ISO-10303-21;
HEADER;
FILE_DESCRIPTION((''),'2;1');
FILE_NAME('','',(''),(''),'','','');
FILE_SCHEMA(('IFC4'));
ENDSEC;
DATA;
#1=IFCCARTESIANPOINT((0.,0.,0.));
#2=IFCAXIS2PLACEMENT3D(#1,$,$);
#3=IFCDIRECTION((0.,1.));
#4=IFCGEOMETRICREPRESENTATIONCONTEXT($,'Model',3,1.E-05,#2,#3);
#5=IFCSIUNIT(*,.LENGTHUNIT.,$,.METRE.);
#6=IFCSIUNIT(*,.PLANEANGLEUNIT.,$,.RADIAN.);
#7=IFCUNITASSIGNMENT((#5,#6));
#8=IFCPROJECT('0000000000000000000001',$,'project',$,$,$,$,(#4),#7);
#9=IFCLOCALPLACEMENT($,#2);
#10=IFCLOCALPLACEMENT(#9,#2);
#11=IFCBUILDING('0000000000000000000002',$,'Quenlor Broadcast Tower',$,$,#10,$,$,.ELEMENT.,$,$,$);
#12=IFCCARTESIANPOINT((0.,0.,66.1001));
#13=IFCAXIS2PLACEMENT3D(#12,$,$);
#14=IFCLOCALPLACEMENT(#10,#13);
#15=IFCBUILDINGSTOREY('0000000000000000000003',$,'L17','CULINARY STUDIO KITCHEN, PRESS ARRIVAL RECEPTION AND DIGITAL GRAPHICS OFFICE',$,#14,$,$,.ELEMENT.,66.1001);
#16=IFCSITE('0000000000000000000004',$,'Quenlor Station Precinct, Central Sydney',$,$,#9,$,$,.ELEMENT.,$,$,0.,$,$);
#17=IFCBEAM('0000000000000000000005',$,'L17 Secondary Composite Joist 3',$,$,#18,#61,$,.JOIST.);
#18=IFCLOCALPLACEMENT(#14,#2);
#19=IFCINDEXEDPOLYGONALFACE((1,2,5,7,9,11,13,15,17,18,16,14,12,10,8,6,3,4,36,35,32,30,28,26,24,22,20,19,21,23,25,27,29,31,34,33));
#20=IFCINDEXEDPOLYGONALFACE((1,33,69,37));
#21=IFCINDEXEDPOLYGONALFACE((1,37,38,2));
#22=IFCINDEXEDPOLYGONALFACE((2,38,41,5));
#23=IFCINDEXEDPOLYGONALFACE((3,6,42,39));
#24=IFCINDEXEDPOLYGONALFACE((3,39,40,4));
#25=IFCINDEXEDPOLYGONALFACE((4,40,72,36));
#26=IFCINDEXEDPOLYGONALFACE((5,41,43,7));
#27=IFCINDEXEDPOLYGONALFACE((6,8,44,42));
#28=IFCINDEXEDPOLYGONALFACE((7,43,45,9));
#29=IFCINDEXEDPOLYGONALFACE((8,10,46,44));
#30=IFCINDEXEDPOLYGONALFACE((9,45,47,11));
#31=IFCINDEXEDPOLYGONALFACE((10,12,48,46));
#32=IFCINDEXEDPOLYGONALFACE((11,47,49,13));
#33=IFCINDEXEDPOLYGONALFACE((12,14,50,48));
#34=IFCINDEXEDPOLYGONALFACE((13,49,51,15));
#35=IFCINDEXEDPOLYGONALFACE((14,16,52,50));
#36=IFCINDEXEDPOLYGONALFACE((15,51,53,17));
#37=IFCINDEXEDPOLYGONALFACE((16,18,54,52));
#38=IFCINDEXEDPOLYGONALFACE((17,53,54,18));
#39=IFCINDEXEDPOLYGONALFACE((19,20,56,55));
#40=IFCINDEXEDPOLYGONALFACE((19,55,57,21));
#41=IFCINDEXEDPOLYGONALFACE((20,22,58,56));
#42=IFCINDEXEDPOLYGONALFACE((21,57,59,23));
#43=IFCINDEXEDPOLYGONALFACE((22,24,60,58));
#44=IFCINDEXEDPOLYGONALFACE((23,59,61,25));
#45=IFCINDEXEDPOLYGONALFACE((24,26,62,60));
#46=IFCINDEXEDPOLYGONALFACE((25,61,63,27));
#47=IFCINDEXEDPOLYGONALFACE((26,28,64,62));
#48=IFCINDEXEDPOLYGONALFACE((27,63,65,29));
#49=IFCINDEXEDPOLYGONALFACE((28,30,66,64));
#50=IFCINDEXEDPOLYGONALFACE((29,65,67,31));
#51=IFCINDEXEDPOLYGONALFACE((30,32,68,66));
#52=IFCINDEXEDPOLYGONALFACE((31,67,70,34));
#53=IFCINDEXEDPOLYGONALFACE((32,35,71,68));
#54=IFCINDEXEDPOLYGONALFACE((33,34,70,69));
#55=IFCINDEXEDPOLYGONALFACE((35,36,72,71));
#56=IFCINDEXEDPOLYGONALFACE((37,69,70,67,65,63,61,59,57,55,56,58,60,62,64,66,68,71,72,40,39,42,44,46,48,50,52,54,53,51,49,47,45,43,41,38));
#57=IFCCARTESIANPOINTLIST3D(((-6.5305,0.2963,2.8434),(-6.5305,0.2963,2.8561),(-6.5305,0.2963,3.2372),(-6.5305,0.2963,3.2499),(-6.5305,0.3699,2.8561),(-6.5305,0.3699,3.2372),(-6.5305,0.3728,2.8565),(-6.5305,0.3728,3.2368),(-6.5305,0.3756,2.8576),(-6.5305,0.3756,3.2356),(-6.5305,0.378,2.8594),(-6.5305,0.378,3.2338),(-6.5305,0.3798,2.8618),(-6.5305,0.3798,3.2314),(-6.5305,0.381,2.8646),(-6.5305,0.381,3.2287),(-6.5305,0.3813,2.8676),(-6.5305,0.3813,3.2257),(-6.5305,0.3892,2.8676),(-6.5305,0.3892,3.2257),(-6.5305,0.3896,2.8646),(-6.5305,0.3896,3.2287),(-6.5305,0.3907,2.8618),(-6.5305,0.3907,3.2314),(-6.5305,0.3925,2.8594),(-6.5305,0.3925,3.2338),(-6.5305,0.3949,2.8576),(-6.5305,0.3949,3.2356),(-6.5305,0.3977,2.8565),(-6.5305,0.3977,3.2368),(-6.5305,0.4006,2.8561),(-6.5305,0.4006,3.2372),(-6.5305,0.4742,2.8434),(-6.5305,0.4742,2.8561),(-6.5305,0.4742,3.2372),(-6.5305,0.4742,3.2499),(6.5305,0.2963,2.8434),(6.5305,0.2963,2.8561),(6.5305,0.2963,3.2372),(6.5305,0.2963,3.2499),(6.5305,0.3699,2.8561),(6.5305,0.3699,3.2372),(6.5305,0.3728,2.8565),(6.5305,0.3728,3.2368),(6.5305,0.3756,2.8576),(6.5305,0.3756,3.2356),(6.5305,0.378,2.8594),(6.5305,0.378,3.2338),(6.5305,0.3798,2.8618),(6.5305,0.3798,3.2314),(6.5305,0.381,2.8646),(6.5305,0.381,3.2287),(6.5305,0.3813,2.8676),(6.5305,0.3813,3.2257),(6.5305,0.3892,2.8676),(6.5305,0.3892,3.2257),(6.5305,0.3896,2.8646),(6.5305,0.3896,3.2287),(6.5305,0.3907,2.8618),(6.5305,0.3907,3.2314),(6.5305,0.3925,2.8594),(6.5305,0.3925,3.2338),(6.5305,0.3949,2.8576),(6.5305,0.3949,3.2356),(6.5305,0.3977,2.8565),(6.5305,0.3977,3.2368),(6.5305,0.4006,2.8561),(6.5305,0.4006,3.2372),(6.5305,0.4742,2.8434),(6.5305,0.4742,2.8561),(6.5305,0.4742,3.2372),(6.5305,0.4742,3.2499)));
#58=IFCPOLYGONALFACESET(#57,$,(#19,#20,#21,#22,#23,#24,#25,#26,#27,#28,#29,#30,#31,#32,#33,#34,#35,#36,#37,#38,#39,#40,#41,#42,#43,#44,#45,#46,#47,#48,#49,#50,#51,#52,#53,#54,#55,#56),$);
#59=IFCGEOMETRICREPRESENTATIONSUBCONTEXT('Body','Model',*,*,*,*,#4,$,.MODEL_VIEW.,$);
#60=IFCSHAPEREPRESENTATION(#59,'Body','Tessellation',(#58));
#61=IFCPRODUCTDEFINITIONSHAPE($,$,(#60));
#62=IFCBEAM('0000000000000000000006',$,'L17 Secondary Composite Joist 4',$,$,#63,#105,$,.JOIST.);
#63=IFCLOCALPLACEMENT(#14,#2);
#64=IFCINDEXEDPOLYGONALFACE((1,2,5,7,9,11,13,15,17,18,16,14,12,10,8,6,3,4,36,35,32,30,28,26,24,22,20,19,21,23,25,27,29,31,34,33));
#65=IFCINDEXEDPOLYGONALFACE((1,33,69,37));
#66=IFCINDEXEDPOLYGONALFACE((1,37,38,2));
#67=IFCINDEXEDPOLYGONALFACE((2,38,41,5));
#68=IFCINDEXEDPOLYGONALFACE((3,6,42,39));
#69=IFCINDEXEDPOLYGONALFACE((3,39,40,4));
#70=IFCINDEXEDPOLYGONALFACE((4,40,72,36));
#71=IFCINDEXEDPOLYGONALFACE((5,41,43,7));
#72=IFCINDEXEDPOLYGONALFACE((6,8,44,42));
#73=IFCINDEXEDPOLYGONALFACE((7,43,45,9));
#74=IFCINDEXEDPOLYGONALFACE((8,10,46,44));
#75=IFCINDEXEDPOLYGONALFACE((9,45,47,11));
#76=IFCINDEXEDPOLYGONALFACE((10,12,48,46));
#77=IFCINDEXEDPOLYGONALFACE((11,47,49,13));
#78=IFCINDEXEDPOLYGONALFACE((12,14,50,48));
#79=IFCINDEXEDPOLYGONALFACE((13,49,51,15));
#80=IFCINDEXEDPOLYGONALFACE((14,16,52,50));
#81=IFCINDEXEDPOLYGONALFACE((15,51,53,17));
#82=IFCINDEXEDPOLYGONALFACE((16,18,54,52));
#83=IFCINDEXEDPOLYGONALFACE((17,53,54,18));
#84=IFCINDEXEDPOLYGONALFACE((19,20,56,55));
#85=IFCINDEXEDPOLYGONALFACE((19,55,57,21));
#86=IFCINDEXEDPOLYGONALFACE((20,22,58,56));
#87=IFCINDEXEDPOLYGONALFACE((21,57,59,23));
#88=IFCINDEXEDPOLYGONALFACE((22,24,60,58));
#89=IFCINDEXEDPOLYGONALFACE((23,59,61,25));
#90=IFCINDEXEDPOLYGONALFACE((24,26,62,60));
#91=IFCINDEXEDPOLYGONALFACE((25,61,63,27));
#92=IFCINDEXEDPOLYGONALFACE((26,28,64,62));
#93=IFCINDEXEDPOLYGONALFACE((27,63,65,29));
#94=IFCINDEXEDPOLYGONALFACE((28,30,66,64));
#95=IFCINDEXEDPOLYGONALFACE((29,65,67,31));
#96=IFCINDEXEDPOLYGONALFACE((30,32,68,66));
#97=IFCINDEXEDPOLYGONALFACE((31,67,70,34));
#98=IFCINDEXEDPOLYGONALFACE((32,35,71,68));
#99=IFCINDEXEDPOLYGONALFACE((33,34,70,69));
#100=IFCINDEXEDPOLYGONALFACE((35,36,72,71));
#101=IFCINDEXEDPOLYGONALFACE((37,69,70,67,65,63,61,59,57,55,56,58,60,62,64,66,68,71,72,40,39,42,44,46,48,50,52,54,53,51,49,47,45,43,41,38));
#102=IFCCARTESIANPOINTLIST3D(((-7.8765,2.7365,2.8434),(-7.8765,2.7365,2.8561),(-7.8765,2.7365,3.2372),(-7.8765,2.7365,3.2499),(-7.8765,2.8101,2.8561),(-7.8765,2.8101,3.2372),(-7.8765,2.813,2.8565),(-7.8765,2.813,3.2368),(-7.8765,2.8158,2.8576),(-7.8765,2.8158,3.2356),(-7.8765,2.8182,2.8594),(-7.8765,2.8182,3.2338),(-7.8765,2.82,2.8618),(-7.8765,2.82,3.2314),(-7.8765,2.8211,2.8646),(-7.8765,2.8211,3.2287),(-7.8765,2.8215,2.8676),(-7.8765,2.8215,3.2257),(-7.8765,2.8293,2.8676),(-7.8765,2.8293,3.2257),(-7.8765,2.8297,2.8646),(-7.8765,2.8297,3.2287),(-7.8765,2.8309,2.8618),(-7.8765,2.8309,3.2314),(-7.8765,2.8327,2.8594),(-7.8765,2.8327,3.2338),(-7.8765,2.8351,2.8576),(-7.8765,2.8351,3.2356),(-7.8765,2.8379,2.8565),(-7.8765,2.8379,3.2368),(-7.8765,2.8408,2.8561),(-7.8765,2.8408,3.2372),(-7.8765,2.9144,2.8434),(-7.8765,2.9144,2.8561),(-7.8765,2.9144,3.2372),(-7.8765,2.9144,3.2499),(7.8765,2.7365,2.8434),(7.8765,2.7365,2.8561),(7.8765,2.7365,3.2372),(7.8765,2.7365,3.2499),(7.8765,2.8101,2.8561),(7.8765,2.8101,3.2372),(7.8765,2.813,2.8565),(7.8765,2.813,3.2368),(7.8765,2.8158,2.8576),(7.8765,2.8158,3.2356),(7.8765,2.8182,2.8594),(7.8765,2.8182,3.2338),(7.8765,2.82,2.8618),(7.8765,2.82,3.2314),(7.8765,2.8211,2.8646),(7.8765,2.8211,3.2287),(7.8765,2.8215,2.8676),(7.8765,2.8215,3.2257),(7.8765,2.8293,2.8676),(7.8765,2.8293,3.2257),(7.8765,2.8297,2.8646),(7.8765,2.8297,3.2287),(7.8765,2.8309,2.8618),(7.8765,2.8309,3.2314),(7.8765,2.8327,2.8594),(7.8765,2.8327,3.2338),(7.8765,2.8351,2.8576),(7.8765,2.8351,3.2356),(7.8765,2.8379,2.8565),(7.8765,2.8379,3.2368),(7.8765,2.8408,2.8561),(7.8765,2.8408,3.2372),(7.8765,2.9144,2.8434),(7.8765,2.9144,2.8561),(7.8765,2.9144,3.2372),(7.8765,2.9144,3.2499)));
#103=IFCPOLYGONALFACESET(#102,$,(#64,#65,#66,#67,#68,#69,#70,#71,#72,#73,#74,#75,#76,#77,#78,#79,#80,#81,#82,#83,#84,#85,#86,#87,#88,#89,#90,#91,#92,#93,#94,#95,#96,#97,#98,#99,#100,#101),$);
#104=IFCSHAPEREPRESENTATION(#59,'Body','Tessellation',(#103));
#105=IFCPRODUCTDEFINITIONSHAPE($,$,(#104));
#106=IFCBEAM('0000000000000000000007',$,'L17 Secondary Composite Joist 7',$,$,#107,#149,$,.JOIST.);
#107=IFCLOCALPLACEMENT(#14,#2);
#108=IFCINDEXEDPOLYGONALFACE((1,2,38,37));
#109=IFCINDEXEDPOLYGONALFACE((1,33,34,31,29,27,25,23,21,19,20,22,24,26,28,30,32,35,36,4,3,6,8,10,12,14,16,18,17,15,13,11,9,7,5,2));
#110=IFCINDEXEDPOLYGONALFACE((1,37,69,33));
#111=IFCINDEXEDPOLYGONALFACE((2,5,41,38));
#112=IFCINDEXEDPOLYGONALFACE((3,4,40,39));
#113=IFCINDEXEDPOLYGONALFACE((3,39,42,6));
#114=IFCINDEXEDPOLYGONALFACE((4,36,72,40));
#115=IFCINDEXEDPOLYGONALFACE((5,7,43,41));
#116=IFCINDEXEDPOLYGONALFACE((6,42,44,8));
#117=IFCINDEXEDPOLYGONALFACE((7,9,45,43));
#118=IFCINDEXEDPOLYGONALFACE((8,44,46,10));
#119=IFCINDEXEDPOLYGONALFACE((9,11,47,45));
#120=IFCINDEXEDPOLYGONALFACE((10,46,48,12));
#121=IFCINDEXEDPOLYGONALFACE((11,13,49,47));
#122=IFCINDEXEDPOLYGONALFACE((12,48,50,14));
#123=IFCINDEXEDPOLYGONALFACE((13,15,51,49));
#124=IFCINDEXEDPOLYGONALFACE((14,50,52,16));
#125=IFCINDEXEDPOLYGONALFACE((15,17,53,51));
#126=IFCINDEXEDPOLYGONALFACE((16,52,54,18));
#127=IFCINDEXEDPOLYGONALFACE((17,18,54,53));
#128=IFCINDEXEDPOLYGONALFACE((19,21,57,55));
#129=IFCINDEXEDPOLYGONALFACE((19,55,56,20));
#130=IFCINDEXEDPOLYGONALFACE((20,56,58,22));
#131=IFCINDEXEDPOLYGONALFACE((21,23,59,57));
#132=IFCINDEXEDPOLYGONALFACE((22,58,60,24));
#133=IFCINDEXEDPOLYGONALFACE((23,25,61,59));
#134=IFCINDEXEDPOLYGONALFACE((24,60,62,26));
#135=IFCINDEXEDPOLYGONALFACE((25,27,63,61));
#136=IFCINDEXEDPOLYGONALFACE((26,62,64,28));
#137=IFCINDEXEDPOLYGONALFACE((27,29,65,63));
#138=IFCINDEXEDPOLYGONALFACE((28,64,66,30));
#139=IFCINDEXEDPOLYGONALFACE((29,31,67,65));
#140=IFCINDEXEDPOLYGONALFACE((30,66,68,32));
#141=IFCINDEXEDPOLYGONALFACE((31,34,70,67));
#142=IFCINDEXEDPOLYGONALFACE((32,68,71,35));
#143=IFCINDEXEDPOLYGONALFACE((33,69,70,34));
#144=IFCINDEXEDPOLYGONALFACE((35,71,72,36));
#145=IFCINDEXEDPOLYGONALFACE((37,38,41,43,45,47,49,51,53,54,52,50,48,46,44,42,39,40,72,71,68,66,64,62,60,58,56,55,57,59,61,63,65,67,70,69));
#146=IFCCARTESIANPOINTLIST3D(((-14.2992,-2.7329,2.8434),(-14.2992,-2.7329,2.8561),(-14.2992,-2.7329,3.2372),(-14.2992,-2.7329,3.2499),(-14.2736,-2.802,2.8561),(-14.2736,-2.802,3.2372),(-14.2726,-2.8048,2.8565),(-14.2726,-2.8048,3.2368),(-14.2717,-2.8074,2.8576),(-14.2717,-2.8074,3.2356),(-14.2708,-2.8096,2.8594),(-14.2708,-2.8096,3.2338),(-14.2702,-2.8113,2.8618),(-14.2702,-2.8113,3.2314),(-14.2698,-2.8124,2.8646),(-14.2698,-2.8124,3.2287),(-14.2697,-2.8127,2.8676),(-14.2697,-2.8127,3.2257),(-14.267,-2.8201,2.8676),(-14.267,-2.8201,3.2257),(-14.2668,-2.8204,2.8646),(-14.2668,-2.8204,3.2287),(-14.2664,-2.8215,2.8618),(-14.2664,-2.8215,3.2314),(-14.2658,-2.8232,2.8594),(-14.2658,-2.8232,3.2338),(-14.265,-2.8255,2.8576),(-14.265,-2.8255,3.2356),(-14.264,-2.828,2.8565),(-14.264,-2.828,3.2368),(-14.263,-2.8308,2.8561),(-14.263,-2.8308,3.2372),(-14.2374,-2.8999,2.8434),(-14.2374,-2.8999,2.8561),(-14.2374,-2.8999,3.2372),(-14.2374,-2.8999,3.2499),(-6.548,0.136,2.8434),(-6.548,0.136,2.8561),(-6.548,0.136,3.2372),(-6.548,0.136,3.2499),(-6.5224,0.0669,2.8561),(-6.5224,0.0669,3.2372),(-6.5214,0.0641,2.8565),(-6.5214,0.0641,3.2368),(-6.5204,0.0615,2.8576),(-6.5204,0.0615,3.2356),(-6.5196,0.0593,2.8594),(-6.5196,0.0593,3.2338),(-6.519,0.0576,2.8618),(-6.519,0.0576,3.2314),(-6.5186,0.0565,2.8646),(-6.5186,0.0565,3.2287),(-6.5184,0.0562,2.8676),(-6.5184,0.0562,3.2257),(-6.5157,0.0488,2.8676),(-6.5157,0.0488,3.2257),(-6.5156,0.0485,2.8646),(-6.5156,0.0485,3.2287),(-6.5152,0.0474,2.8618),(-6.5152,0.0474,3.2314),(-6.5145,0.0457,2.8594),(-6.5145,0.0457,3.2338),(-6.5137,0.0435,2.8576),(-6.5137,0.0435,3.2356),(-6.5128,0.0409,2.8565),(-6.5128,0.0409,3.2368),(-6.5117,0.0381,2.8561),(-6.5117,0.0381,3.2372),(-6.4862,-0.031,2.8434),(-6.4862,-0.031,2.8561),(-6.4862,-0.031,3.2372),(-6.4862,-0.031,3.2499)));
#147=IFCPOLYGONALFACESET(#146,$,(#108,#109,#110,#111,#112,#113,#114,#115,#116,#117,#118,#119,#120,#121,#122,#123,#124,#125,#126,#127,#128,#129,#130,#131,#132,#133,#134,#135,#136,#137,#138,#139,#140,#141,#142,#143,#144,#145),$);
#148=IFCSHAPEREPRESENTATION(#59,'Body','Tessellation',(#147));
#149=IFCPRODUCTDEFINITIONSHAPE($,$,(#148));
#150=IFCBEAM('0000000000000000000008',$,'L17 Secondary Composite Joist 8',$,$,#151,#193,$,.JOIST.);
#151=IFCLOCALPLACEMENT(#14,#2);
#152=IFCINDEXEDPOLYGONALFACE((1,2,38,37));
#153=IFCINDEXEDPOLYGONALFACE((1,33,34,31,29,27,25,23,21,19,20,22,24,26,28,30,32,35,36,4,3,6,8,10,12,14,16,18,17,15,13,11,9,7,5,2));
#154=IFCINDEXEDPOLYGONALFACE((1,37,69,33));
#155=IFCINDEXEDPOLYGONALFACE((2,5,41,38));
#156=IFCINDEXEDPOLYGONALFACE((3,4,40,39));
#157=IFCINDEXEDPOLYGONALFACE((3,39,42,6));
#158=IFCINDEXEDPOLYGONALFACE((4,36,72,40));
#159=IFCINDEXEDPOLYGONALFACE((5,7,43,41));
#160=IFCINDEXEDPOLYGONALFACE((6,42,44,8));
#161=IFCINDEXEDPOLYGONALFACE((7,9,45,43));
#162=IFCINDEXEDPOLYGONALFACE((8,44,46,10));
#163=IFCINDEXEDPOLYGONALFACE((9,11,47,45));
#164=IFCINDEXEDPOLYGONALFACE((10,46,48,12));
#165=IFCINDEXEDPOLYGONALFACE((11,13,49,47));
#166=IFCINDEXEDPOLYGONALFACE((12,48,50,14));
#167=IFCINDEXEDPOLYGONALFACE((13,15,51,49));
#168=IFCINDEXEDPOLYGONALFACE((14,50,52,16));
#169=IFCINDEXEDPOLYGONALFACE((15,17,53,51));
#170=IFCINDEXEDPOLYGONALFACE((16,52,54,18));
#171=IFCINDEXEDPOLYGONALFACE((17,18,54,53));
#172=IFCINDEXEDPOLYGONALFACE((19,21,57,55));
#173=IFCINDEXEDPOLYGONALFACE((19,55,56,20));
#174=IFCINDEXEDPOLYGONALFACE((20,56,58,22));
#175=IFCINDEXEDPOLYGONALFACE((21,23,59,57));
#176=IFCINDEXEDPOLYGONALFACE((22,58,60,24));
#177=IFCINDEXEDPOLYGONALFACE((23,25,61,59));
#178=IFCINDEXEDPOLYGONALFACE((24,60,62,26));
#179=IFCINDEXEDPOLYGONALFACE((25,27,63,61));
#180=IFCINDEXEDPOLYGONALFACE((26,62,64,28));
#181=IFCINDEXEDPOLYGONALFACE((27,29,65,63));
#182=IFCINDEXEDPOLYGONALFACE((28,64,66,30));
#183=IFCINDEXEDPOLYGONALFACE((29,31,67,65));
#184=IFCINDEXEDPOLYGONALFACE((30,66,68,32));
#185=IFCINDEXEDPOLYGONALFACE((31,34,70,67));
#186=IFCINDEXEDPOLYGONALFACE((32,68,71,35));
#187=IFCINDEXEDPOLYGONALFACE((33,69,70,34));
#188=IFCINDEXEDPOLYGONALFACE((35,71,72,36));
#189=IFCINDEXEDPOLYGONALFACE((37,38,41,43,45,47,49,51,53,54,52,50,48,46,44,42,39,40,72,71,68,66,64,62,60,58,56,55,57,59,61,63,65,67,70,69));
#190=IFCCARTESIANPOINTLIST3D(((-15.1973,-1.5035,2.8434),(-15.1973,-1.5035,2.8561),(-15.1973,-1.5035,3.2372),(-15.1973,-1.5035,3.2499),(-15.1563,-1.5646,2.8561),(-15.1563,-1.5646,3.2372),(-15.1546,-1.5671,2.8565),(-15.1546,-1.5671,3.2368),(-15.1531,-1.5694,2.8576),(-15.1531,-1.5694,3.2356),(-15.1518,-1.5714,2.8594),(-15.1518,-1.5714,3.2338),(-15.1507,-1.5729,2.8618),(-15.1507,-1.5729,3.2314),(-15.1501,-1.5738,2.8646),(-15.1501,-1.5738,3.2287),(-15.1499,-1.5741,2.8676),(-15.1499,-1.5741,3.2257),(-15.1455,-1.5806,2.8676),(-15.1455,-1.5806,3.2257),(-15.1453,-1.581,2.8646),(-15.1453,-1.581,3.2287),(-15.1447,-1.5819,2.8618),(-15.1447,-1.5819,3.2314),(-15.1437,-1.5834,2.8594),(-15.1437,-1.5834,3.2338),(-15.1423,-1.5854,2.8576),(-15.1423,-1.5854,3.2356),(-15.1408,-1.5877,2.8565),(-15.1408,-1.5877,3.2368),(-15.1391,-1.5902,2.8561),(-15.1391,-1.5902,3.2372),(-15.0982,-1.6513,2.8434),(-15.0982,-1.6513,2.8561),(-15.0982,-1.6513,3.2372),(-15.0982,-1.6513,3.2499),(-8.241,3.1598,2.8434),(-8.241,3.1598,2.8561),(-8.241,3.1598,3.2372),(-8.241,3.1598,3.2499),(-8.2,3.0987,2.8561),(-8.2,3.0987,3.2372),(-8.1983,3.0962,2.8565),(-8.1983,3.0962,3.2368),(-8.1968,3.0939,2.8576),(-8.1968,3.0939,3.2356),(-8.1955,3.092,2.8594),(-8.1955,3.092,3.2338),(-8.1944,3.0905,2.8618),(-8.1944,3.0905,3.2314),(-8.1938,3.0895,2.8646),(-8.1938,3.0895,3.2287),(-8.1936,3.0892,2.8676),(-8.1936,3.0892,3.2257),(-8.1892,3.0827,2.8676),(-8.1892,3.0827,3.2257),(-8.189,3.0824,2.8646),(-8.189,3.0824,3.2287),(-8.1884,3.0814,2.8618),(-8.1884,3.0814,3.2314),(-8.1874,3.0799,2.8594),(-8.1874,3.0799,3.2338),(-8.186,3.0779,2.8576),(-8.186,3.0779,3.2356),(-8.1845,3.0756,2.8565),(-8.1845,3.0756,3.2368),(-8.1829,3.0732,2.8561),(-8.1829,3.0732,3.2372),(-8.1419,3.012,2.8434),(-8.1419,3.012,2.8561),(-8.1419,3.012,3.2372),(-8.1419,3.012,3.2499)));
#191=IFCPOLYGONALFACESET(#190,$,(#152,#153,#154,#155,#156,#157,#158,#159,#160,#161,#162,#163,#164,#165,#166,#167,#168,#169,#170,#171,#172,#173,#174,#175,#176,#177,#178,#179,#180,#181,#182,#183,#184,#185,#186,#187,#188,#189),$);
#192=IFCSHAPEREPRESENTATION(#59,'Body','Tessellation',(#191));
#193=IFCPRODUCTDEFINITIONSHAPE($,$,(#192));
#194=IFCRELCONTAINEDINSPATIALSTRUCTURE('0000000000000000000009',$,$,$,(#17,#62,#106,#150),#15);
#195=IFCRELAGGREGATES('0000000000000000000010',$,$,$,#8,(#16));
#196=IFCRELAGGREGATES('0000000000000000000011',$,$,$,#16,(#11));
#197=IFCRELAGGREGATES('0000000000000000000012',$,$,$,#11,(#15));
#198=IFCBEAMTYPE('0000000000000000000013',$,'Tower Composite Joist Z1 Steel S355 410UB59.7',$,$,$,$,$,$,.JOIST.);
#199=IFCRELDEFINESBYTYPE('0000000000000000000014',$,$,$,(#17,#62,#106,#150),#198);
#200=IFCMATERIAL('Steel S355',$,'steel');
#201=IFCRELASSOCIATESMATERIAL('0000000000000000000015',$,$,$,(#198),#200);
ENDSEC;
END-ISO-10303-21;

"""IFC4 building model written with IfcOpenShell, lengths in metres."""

from ifc_helpers import new_model, si_unit, direction, frame, origin, origin_2d, place, context, subcontext, project, spatial, i_section, extrude, material, material_profile, profile_set, type_object, element, save


model = new_model("IFC4")

# Units and contexts
model_context = context("Model", 3, precision=1e-05, world=origin(), true_north=direction((0.0, 1.0)))
body_context = subcontext(model_context, "Body", "Model", "MODEL_VIEW")
ifc_project = project(units=[si_unit("LENGTHUNIT", "METRE"), si_unit("PLANEANGLEUNIT", "RADIAN")], contexts=[model_context])

# Site, building, storey
site_placement = place(None, origin())
site = spatial("IfcSite", under=ifc_project, at=site_placement, Name="Quenlor Station Precinct, Central Sydney", CompositionType="ELEMENT", RefElevation=0.0)
building_placement = place(site_placement, origin())
building = spatial("IfcBuilding", under=site, at=building_placement, Name="Quenlor Broadcast Tower", CompositionType="ELEMENT")
storey_placement = place(building_placement, frame((0.0, 0.0, 66.1001)))
storey = spatial("IfcBuildingStorey", under=building, at=storey_placement, Name="L17", Description="CULINARY STUDIO KITCHEN, PRESS ARRIVAL RECEPTION AND DIGITAL GRAPHICS OFFICE", CompositionType="ELEMENT", Elevation=66.1001)

# Beams
ifc_material_1 = material(Name="Steel S355", Category="steel")
ifc_material_profile_1 = material_profile(ifc_material_1, i_section(OverallWidth=0.178, OverallDepth=0.4065, WebThickness=0.0078, FlangeThickness=0.0127, FilletRadius=0.0115, at=origin_2d()))
ifc_profile_set_1 = profile_set([ifc_material_profile_1], Name="Steel S355 410UB59.7")
beam_type_1 = type_object("IfcBeamType", Name="Tower Composite Joist Z1 Steel S355 410UB59.7", PredefinedType="JOIST", material=ifc_profile_set_1)
beam_1_placement = place(storey_placement, frame((-6.5305, 0.3853, 3.0466), z_axis=(1.0, 0.0, 0.0), x_axis=(0.0, 1.0, 0.0)))
element("IfcBeam", 1, at=beam_1_placement, inside=storey, type_object=beam_type_1, Name="L17 Secondary Composite Joist 3", PredefinedType="JOIST", context=body_context, shape_type="SweptSolid", body=[
    extrude(i_section(OverallWidth=0.178, OverallDepth=0.4065, WebThickness=0.0078, FlangeThickness=0.0127, FilletRadius=0.0115, at=origin_2d()), origin(), (0.0, 0.0, 1.0), 13.061),
])
beam_2_placement = place(storey_placement, frame((-7.8765, 2.8254, 3.0466), z_axis=(1.0, 0.0, 0.0), x_axis=(0.0, 1.0, 0.0)))
element("IfcBeam", 2, at=beam_2_placement, inside=storey, type_object=beam_type_1, Name="L17 Secondary Composite Joist 4", PredefinedType="JOIST", context=body_context, shape_type="SweptSolid", body=[
    extrude(i_section(OverallWidth=0.178, OverallDepth=0.4065, WebThickness=0.0078, FlangeThickness=0.0127, FilletRadius=0.0115, at=origin_2d()), origin(), (0.0, 0.0, 1.0), 15.7529),
])
beam_3_placement = place(storey_placement, frame((-14.2683, -2.8164, 3.0466), z_axis=(0.937825, 0.347109, 0.0), x_axis=(-0.347109, 0.937825, 0.0)))
element("IfcBeam", 3, at=beam_3_placement, inside=storey, type_object=beam_type_1, Name="L17 Secondary Composite Joist 7", PredefinedType="JOIST", context=body_context, shape_type="SweptSolid", body=[
    extrude(i_section(OverallWidth=0.178, OverallDepth=0.4065, WebThickness=0.0078, FlangeThickness=0.0127, FilletRadius=0.0115, at=origin_2d()), origin(), (0.0, 0.0, 1.0), 8.2651),
])
beam_4_placement = place(storey_placement, frame((-15.1477, -1.5774, 3.0466), z_axis=(0.830626, 0.556831, 0.0), x_axis=(-0.556831, 0.830626, 0.0)))
element("IfcBeam", 4, at=beam_4_placement, inside=storey, type_object=beam_type_1, Name="L17 Secondary Composite Joist 8", PredefinedType="JOIST", context=body_context, shape_type="SweptSolid", body=[
    extrude(i_section(OverallWidth=0.178, OverallDepth=0.4065, WebThickness=0.0078, FlangeThickness=0.0127, FilletRadius=0.0115, at=origin_2d()), origin(), (0.0, 0.0, 1.0), 8.3748),
])

save(model, "model.ifc")
